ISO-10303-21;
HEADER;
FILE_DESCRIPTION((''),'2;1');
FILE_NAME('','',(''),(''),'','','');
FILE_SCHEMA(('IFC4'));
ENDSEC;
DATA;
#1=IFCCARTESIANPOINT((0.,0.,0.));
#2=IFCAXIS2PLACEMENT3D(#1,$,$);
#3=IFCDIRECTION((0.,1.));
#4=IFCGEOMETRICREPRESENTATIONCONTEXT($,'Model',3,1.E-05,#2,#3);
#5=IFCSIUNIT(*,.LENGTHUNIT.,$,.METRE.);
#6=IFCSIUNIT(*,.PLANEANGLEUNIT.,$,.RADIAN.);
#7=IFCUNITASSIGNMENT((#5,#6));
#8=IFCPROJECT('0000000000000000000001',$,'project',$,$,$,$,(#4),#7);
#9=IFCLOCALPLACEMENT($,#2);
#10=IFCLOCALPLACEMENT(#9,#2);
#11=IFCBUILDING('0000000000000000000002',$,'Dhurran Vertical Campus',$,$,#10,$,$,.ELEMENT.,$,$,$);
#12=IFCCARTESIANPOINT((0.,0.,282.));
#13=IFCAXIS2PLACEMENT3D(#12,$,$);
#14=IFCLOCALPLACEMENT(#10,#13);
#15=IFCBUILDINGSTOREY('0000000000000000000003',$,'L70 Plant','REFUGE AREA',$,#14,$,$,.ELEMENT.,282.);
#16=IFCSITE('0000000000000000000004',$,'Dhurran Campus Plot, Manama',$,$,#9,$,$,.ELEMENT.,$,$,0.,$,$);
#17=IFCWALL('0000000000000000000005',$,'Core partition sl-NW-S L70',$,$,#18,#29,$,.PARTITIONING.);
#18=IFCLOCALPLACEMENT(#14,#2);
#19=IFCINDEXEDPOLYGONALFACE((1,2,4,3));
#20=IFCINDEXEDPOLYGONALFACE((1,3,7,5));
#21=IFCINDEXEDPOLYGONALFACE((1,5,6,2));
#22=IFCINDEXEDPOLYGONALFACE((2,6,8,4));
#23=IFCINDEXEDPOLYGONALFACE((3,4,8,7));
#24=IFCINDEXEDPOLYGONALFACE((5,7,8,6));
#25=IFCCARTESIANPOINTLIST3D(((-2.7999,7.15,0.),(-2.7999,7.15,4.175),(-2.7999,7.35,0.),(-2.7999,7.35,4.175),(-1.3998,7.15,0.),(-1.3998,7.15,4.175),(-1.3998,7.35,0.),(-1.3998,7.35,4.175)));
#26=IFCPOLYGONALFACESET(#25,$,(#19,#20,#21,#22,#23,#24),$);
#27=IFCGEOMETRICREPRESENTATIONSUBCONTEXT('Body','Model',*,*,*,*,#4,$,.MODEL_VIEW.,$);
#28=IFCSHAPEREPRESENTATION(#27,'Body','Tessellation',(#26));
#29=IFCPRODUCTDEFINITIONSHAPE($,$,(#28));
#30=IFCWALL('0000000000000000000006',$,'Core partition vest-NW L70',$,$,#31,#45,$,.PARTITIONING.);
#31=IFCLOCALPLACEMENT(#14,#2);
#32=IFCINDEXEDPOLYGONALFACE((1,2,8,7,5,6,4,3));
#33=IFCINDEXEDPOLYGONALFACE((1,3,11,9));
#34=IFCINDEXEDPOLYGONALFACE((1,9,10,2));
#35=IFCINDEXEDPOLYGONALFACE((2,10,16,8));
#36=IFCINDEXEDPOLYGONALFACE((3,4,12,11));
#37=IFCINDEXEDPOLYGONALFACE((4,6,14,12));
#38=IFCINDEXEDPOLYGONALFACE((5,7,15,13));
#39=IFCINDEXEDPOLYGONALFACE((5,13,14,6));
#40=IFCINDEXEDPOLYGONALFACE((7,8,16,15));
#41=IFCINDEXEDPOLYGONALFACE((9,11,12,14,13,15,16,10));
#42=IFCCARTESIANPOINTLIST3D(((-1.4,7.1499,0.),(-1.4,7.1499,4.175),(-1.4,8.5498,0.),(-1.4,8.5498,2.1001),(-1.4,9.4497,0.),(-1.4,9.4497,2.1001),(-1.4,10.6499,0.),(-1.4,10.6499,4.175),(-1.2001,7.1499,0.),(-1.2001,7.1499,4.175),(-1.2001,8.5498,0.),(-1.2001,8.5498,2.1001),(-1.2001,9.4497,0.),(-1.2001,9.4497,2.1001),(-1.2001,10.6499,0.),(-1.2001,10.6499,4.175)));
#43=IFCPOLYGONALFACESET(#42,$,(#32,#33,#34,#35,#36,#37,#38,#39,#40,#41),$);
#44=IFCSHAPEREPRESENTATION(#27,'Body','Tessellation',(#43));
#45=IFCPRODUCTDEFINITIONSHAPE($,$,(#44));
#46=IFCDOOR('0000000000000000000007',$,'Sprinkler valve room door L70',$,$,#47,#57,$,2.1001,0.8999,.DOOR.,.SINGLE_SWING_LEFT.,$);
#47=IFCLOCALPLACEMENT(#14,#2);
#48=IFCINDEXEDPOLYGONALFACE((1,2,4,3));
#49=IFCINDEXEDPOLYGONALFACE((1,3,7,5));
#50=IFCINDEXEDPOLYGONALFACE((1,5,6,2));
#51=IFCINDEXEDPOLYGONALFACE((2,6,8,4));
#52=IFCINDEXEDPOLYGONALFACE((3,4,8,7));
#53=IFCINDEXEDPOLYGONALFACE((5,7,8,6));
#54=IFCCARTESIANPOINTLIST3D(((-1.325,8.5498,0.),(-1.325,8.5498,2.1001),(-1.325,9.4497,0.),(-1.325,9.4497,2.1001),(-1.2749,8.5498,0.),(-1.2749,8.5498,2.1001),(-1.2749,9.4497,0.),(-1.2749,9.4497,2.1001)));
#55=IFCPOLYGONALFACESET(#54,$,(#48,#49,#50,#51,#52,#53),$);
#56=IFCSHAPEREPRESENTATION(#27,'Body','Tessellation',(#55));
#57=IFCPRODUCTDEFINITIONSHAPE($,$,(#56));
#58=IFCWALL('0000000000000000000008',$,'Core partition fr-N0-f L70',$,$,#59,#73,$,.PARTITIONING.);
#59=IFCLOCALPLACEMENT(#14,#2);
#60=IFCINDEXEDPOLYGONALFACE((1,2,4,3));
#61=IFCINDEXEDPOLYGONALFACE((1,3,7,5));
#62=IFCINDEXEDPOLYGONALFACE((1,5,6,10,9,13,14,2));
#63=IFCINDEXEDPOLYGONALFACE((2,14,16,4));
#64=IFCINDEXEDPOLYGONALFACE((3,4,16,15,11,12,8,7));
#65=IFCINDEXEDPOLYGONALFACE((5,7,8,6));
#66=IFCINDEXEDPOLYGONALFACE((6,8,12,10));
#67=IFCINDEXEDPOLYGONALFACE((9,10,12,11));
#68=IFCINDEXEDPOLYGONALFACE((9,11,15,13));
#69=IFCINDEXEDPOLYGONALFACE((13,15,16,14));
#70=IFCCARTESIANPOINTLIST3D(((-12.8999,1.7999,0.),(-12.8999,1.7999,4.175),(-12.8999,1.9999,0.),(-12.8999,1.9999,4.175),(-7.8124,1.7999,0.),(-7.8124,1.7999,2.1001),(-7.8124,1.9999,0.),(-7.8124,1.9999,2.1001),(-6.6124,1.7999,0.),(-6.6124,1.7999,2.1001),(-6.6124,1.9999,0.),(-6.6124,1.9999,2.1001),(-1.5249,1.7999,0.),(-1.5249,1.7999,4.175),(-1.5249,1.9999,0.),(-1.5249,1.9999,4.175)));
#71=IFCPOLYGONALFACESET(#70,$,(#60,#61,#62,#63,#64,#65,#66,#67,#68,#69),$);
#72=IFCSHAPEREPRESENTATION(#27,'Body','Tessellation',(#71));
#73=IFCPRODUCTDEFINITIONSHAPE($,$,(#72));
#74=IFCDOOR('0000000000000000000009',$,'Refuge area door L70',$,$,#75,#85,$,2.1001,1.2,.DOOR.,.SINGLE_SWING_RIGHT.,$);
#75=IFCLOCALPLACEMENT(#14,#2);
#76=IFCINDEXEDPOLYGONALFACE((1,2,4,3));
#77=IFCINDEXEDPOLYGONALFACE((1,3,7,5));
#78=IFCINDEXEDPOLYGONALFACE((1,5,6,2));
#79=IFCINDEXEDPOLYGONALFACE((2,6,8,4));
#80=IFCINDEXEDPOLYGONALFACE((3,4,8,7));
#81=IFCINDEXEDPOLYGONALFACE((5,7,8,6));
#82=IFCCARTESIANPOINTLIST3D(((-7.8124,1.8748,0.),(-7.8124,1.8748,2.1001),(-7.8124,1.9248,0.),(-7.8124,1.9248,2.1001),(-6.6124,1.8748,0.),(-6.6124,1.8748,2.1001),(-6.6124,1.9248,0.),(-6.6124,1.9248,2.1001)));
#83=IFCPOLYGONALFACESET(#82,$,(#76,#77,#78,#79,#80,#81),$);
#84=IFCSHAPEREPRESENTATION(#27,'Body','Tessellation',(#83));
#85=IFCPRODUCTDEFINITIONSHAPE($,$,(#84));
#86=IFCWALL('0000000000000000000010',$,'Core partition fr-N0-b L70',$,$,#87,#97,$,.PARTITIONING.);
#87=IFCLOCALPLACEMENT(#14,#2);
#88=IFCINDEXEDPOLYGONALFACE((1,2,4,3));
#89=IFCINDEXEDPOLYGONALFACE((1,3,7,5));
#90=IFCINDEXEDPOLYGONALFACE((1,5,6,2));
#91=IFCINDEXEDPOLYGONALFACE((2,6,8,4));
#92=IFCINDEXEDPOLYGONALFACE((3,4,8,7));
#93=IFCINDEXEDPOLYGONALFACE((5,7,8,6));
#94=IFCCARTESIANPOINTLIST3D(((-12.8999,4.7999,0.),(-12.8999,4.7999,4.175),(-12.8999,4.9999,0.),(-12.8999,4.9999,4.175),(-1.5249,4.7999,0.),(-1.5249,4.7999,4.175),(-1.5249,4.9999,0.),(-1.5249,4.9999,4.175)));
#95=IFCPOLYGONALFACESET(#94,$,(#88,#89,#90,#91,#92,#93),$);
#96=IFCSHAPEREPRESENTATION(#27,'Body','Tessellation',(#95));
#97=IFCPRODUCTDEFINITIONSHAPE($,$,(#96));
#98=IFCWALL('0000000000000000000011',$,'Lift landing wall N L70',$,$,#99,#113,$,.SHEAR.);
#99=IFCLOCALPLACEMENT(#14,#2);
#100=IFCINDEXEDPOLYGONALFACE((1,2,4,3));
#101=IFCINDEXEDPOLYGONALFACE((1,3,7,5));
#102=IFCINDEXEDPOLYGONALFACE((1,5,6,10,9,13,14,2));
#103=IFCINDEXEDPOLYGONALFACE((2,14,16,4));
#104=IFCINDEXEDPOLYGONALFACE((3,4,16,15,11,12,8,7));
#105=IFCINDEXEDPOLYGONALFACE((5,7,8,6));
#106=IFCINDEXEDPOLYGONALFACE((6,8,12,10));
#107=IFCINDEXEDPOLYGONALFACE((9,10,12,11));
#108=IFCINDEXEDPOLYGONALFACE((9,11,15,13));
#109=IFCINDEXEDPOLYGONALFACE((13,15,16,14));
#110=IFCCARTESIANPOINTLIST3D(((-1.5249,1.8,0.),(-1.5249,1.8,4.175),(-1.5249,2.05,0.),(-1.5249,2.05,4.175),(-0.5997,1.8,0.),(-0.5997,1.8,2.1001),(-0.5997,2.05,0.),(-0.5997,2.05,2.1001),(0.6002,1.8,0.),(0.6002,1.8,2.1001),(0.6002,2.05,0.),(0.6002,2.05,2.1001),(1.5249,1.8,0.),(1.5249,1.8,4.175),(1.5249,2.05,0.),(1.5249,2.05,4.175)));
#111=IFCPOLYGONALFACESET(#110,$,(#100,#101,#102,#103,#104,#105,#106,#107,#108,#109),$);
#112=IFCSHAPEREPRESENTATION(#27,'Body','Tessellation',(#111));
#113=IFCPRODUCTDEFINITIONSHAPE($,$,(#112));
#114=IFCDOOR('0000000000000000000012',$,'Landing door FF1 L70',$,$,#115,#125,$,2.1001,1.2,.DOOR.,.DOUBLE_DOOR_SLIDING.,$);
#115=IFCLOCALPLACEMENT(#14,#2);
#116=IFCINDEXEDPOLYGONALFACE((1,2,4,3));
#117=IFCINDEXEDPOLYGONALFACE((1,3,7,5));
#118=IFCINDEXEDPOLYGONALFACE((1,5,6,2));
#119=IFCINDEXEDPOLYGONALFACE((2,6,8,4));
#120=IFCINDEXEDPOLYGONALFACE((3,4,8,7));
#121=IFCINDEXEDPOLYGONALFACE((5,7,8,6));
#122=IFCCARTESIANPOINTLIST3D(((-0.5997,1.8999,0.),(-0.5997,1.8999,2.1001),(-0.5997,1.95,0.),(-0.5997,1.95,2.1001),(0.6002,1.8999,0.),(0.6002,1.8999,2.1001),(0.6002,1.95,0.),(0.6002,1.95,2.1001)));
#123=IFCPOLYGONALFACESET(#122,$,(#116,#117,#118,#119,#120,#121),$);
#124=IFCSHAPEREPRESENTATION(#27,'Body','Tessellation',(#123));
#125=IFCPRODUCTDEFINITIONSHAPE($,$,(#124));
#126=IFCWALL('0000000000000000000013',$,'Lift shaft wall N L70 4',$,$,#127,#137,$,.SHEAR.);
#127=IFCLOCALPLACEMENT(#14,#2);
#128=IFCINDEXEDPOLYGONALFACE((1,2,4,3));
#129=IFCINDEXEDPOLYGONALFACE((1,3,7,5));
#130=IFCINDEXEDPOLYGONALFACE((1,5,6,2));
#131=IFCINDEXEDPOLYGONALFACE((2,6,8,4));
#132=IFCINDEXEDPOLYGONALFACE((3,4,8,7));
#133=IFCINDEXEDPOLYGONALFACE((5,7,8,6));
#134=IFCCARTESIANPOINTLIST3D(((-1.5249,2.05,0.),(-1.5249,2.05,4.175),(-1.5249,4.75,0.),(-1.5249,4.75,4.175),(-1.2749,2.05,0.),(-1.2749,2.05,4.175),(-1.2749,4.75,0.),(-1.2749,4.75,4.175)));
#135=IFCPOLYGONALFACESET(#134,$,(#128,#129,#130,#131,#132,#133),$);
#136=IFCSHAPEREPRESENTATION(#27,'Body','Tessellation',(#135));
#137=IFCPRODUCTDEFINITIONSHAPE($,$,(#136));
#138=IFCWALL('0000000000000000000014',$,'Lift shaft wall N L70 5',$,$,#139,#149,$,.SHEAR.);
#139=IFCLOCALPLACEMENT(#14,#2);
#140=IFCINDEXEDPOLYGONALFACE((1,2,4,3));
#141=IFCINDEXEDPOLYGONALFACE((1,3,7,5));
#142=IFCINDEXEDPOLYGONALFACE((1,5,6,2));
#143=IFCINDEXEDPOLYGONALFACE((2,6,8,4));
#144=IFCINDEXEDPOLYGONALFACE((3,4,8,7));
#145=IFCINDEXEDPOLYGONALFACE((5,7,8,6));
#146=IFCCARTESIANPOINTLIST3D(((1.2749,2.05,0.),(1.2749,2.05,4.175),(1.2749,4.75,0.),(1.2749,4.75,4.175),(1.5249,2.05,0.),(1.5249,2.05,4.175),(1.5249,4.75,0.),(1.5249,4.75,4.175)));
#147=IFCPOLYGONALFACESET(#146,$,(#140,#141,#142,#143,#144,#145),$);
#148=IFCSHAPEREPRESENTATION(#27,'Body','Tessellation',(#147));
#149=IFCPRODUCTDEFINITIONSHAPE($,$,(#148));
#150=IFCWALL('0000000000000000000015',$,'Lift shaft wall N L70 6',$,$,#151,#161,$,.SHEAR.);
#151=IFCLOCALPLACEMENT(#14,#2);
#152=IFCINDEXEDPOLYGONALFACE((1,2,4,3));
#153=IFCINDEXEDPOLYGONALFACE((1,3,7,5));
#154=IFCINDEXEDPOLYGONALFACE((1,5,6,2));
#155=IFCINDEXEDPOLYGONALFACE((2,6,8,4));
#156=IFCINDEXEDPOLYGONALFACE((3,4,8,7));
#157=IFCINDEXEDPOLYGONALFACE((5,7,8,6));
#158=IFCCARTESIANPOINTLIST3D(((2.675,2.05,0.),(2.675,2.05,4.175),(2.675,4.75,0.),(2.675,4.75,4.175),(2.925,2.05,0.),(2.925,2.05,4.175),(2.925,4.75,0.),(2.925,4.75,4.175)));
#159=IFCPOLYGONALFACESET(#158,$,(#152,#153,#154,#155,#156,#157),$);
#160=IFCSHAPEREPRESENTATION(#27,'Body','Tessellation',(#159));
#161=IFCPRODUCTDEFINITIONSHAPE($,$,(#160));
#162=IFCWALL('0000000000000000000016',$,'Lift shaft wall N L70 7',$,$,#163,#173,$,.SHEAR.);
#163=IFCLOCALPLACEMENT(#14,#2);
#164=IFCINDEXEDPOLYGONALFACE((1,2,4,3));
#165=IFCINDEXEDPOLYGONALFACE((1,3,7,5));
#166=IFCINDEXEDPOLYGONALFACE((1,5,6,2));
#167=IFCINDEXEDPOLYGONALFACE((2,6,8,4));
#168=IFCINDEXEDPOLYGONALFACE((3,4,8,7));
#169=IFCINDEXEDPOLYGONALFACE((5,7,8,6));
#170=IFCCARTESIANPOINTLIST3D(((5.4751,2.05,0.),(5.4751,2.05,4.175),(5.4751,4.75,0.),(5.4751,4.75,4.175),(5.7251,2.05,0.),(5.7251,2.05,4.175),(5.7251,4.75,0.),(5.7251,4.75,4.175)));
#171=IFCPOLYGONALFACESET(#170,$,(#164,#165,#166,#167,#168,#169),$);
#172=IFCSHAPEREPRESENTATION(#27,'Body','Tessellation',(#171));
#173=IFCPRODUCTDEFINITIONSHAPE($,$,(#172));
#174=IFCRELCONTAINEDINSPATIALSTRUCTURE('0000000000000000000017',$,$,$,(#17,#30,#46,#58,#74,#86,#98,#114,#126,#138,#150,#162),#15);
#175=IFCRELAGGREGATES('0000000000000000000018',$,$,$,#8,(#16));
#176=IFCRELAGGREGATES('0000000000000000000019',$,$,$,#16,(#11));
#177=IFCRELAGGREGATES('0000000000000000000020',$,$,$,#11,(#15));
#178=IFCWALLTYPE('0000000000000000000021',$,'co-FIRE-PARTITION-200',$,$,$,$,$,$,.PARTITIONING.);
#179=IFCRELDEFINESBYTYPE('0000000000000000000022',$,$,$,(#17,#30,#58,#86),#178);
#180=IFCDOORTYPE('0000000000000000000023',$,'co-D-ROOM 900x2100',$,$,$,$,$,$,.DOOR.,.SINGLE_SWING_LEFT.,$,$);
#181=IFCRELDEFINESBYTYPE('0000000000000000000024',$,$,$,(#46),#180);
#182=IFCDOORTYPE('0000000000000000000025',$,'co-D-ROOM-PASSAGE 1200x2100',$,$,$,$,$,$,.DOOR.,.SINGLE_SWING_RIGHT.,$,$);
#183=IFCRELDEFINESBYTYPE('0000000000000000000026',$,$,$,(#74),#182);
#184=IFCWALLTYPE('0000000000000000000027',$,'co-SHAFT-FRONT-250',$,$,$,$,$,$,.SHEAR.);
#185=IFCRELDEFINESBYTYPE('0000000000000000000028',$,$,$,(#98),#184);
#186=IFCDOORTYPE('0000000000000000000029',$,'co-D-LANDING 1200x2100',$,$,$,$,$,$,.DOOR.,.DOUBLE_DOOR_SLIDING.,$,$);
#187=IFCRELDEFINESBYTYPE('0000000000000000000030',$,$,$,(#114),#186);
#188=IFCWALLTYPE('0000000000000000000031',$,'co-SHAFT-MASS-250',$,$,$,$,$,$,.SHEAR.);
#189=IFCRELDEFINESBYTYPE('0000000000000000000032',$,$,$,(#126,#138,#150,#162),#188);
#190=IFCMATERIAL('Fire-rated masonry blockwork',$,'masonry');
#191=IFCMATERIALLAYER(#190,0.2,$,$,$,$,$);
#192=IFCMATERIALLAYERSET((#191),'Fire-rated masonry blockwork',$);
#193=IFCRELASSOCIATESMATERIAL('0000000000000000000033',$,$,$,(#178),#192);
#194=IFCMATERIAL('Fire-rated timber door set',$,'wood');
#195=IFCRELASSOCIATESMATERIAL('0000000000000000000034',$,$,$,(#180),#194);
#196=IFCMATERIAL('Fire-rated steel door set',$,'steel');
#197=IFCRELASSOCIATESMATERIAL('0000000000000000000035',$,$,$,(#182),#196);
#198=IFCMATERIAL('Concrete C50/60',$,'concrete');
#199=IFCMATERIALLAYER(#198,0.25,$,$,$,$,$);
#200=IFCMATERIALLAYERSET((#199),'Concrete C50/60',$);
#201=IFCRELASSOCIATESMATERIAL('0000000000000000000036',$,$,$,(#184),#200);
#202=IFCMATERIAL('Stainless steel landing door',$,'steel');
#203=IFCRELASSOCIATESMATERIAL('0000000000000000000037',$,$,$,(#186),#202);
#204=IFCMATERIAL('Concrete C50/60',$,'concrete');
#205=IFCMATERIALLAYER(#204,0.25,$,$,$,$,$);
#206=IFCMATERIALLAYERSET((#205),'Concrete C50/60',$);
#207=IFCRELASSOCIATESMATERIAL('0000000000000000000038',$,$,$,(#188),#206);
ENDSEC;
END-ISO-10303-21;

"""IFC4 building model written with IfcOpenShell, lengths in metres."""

from ifc_helpers import new_model, si_unit, direction, frame, frame_2d, origin, place, context, subcontext, project, spatial, polyline, rectangle, outline, extrude, material, layer, layer_set, type_object, element, fill, save


model = new_model("IFC4")

# Units and contexts
model_context = context("Model", 3, precision=1e-05, world=origin(), true_north=direction((0.0, 1.0)))
body_context = subcontext(model_context, "Body", "Model", "MODEL_VIEW")
ifc_project = project(units=[si_unit("LENGTHUNIT", "METRE"), si_unit("PLANEANGLEUNIT", "RADIAN")], contexts=[model_context])

# Site, building, storey
site_placement = place(None, origin())
site = spatial("IfcSite", under=ifc_project, at=site_placement, Name="Dhurran Campus Plot, Manama", CompositionType="ELEMENT", RefElevation=0.0)
building_placement = place(site_placement, origin())
building = spatial("IfcBuilding", under=site, at=building_placement, Name="Dhurran Vertical Campus", CompositionType="ELEMENT")
storey_placement = place(building_placement, frame((0.0, 0.0, 282.0)))
storey = spatial("IfcBuildingStorey", under=building, at=storey_placement, Name="L70 Plant", Description="REFUGE AREA", CompositionType="ELEMENT", Elevation=282.0)

# Wall
ifc_material_1 = material(Name="Fire-rated masonry blockwork", Category="masonry")
ifc_layer_1 = layer(ifc_material_1, 0.2)
ifc_layer_set_1 = layer_set([ifc_layer_1], Name="Fire-rated masonry blockwork")
wall_type_1 = type_object("IfcWallType", Name="co-FIRE-PARTITION-200", PredefinedType="PARTITIONING", material=ifc_layer_set_1)
wall_1_placement = place(storey_placement, frame((-2.8, 7.25, 0.0), z_axis=(0.0, 0.0, 1.0), x_axis=(1.0, 0.0, 0.0)))
element("IfcWall", 1, at=wall_1_placement, inside=storey, type_object=wall_type_1, Name="Core partition sl-NW-S L70", PredefinedType="PARTITIONING", context=body_context, shape_type="SweptSolid", body=[
    extrude(rectangle(XDim=1.4001, YDim=0.2, at=frame_2d((0.7002, 0.0))), origin(), (0.0, 0.0, 1.0), 4.175),
])

# Walls, openings, doors
wall_2_placement = place(storey_placement, frame((-1.3, 7.1499, 0.0), z_axis=(0.0, 0.0, 1.0), x_axis=(0.0, 1.0, 0.0)))
wall_2 = element("IfcWall", 2, at=wall_2_placement, inside=storey, type_object=wall_type_1, Name="Core partition vest-NW L70", PredefinedType="PARTITIONING", context=body_context, shape_type="SweptSolid", body=[
    extrude(rectangle(XDim=3.5, YDim=0.2, at=frame_2d((1.75, 0.0))), origin(), (0.0, 0.0, 1.0), 4.175),
])
opening_1_placement = place(wall_2_placement, frame((1.3999, 0.0, 0.0)))
opening_1 = element("IfcOpeningElement", 3, at=opening_1_placement, cuts=wall_2, PredefinedType="OPENING", context=body_context, shape_type="SweptSolid", body=[
    extrude(rectangle(XDim=0.8999, YDim=2.1001, at=frame_2d((0.45, 1.05))), frame((0.0, 0.1099, 0.0), z_axis=(0.0, -1.0, 0.0), x_axis=(1.0, 0.0, 0.0)), (0.0, 0.0, 1.0), 0.22),
])
ifc_material_2 = material(Name="Fire-rated timber door set", Category="wood")
door_type_1 = type_object("IfcDoorType", Name="co-D-ROOM 900x2100", OperationType="SINGLE_SWING_LEFT", PredefinedType="DOOR", material=ifc_material_2)
door_1_placement = place(opening_1_placement, origin())
door_1 = element("IfcDoor", 4, at=door_1_placement, inside=storey, type_object=door_type_1, Name="Sprinkler valve room door L70", OperationType="SINGLE_SWING_LEFT", OverallHeight=2.1001, OverallWidth=0.8999, PredefinedType="DOOR", context=body_context, shape_type="SweptSolid", body=[
    extrude(rectangle(XDim=0.8999, YDim=2.1001, at=frame_2d((0.45, 1.05))), frame((0.0, 0.0249, 0.0), z_axis=(0.0, -1.0, 0.0), x_axis=(1.0, 0.0, 0.0)), (0.0, 0.0, 1.0), 0.05),
])
fill(opening_1, door_1)
wall_3_placement = place(storey_placement, frame((-12.8999, 1.8999, 0.0), z_axis=(0.0, 0.0, 1.0), x_axis=(1.0, 0.0, 0.0)))
wall_3 = element("IfcWall", 5, at=wall_3_placement, inside=storey, type_object=wall_type_1, Name="Core partition fr-N0-f L70", PredefinedType="PARTITIONING", context=body_context, shape_type="SweptSolid", body=[
    extrude(rectangle(XDim=11.375, YDim=0.2, at=frame_2d((5.6875, 0.0))), origin(), (0.0, 0.0, 1.0), 4.175),
])
opening_2_placement = place(wall_3_placement, frame((5.0874, 0.0, 0.0)))
opening_2 = element("IfcOpeningElement", 6, at=opening_2_placement, cuts=wall_3, PredefinedType="OPENING", context=body_context, shape_type="SweptSolid", body=[
    extrude(rectangle(XDim=1.2, YDim=2.1001, at=frame_2d((0.6001, 1.05))), frame((0.0, 0.1099, 0.0), z_axis=(0.0, -1.0, 0.0), x_axis=(1.0, 0.0, 0.0)), (0.0, 0.0, 1.0), 0.22),
])
ifc_material_3 = material(Name="Fire-rated steel door set", Category="steel")
door_type_2 = type_object("IfcDoorType", Name="co-D-ROOM-PASSAGE 1200x2100", OperationType="SINGLE_SWING_RIGHT", PredefinedType="DOOR", material=ifc_material_3)
door_2_placement = place(opening_2_placement, origin())
door_2 = element("IfcDoor", 7, at=door_2_placement, inside=storey, type_object=door_type_2, Name="Refuge area door L70", OperationType="SINGLE_SWING_RIGHT", OverallHeight=2.1001, OverallWidth=1.2, PredefinedType="DOOR", context=body_context, shape_type="SweptSolid", body=[
    extrude(rectangle(XDim=1.2, YDim=2.1001, at=frame_2d((0.6001, 1.05))), frame((0.0, 0.0249, 0.0), z_axis=(0.0, -1.0, 0.0), x_axis=(1.0, 0.0, 0.0)), (0.0, 0.0, 1.0), 0.05),
])
fill(opening_2, door_2)

# Wall
wall_4_placement = place(storey_placement, frame((-12.8999, 4.8999, 0.0), z_axis=(0.0, 0.0, 1.0), x_axis=(1.0, 0.0, 0.0)))
element("IfcWall", 8, at=wall_4_placement, inside=storey, type_object=wall_type_1, Name="Core partition fr-N0-b L70", PredefinedType="PARTITIONING", context=body_context, shape_type="SweptSolid", body=[
    extrude(rectangle(XDim=11.375, YDim=0.2, at=frame_2d((5.6875, 0.0))), origin(), (0.0, 0.0, 1.0), 4.175),
])

# Wall, opening, door
ifc_material_4 = material(Name="Concrete C50/60", Category="concrete")
ifc_layer_2 = layer(ifc_material_4, 0.25)
ifc_layer_set_2 = layer_set([ifc_layer_2], Name="Concrete C50/60")
wall_type_2 = type_object("IfcWallType", Name="co-SHAFT-FRONT-250", PredefinedType="SHEAR", material=ifc_layer_set_2)
wall_5_placement = place(storey_placement, frame((-1.5249, 1.925, 0.0), z_axis=(0.0, 0.0, 1.0), x_axis=(1.0, 0.0, 0.0)))
wall_5 = element("IfcWall", 9, at=wall_5_placement, inside=storey, type_object=wall_type_2, Name="Lift landing wall N L70", PredefinedType="SHEAR", context=body_context, shape_type="SweptSolid", body=[
    extrude(rectangle(XDim=3.0498, YDim=0.25, at=frame_2d((1.5249, 0.0))), origin(), (0.0, 0.0, 1.0), 4.175),
])
opening_3_placement = place(wall_5_placement, frame((0.925, 0.0, 0.0)))
opening_3 = element("IfcOpeningElement", 10, at=opening_3_placement, cuts=wall_5, PredefinedType="OPENING", context=body_context, shape_type="SweptSolid", body=[
    extrude(rectangle(XDim=1.2, YDim=2.1001, at=frame_2d((0.6001, 1.05))), frame((0.0, 0.135, 0.0), z_axis=(0.0, -1.0, 0.0), x_axis=(1.0, 0.0, 0.0)), (0.0, 0.0, 1.0), 0.27),
])
ifc_material_5 = material(Name="Stainless steel landing door", Category="steel")
door_type_3 = type_object("IfcDoorType", Name="co-D-LANDING 1200x2100", OperationType="DOUBLE_DOOR_SLIDING", PredefinedType="DOOR", material=ifc_material_5)
door_3_placement = place(opening_3_placement, origin())
door_3 = element("IfcDoor", 11, at=door_3_placement, inside=storey, type_object=door_type_3, Name="Landing door FF1 L70", OperationType="DOUBLE_DOOR_SLIDING", OverallHeight=2.1001, OverallWidth=1.2, PredefinedType="DOOR", context=body_context, shape_type="SweptSolid", body=[
    extrude(rectangle(XDim=1.2, YDim=2.1001, at=frame_2d((0.6001, 1.05))), frame((0.0, 0.0249, 0.0), z_axis=(0.0, -1.0, 0.0), x_axis=(1.0, 0.0, 0.0)), (0.0, 0.0, 1.0), 0.05),
])
fill(opening_3, door_3)

# Walls
ifc_material_6 = material(Name="Concrete C50/60", Category="concrete")
ifc_layer_3 = layer(ifc_material_6, 0.25)
ifc_layer_set_3 = layer_set([ifc_layer_3], Name="Concrete C50/60")
wall_type_3 = type_object("IfcWallType", Name="co-SHAFT-MASS-250", PredefinedType="SHEAR", material=ifc_layer_set_3)
wall_6_placement = place(storey_placement, origin())
element("IfcWall", 12, at=wall_6_placement, inside=storey, type_object=wall_type_3, Name="Lift shaft wall N L70 4", PredefinedType="SHEAR", context=body_context, shape_type="SweptSolid", body=[
    extrude(outline(polyline([(-1.5249, 2.05), (-1.2749, 2.05), (-1.2749, 4.75), (-1.5249, 4.75), (-1.5249, 2.05)])), origin(), (0.0, 0.0, 1.0), 4.175),
])
wall_7_placement = place(storey_placement, origin())
element("IfcWall", 13, at=wall_7_placement, inside=storey, type_object=wall_type_3, Name="Lift shaft wall N L70 5", PredefinedType="SHEAR", context=body_context, shape_type="SweptSolid", body=[
    extrude(outline(polyline([(1.2749, 2.05), (1.5249, 2.05), (1.5249, 4.75), (1.2749, 4.75), (1.2749, 2.05)])), origin(), (0.0, 0.0, 1.0), 4.175),
])
wall_8_placement = place(storey_placement, origin())
element("IfcWall", 14, at=wall_8_placement, inside=storey, type_object=wall_type_3, Name="Lift shaft wall N L70 6", PredefinedType="SHEAR", context=body_context, shape_type="SweptSolid", body=[
    extrude(outline(polyline([(2.675, 2.05), (2.925, 2.05), (2.925, 4.75), (2.675, 4.75), (2.675, 2.05)])), origin(), (0.0, 0.0, 1.0), 4.175),
])
wall_9_placement = place(storey_placement, origin())
element("IfcWall", 15, at=wall_9_placement, inside=storey, type_object=wall_type_3, Name="Lift shaft wall N L70 7", PredefinedType="SHEAR", context=body_context, shape_type="SweptSolid", body=[
    extrude(outline(polyline([(5.4751, 2.05), (5.7251, 2.05), (5.7251, 4.75), (5.4751, 4.75), (5.4751, 2.05)])), origin(), (0.0, 0.0, 1.0), 4.175),
])

save(model, "model.ifc")
